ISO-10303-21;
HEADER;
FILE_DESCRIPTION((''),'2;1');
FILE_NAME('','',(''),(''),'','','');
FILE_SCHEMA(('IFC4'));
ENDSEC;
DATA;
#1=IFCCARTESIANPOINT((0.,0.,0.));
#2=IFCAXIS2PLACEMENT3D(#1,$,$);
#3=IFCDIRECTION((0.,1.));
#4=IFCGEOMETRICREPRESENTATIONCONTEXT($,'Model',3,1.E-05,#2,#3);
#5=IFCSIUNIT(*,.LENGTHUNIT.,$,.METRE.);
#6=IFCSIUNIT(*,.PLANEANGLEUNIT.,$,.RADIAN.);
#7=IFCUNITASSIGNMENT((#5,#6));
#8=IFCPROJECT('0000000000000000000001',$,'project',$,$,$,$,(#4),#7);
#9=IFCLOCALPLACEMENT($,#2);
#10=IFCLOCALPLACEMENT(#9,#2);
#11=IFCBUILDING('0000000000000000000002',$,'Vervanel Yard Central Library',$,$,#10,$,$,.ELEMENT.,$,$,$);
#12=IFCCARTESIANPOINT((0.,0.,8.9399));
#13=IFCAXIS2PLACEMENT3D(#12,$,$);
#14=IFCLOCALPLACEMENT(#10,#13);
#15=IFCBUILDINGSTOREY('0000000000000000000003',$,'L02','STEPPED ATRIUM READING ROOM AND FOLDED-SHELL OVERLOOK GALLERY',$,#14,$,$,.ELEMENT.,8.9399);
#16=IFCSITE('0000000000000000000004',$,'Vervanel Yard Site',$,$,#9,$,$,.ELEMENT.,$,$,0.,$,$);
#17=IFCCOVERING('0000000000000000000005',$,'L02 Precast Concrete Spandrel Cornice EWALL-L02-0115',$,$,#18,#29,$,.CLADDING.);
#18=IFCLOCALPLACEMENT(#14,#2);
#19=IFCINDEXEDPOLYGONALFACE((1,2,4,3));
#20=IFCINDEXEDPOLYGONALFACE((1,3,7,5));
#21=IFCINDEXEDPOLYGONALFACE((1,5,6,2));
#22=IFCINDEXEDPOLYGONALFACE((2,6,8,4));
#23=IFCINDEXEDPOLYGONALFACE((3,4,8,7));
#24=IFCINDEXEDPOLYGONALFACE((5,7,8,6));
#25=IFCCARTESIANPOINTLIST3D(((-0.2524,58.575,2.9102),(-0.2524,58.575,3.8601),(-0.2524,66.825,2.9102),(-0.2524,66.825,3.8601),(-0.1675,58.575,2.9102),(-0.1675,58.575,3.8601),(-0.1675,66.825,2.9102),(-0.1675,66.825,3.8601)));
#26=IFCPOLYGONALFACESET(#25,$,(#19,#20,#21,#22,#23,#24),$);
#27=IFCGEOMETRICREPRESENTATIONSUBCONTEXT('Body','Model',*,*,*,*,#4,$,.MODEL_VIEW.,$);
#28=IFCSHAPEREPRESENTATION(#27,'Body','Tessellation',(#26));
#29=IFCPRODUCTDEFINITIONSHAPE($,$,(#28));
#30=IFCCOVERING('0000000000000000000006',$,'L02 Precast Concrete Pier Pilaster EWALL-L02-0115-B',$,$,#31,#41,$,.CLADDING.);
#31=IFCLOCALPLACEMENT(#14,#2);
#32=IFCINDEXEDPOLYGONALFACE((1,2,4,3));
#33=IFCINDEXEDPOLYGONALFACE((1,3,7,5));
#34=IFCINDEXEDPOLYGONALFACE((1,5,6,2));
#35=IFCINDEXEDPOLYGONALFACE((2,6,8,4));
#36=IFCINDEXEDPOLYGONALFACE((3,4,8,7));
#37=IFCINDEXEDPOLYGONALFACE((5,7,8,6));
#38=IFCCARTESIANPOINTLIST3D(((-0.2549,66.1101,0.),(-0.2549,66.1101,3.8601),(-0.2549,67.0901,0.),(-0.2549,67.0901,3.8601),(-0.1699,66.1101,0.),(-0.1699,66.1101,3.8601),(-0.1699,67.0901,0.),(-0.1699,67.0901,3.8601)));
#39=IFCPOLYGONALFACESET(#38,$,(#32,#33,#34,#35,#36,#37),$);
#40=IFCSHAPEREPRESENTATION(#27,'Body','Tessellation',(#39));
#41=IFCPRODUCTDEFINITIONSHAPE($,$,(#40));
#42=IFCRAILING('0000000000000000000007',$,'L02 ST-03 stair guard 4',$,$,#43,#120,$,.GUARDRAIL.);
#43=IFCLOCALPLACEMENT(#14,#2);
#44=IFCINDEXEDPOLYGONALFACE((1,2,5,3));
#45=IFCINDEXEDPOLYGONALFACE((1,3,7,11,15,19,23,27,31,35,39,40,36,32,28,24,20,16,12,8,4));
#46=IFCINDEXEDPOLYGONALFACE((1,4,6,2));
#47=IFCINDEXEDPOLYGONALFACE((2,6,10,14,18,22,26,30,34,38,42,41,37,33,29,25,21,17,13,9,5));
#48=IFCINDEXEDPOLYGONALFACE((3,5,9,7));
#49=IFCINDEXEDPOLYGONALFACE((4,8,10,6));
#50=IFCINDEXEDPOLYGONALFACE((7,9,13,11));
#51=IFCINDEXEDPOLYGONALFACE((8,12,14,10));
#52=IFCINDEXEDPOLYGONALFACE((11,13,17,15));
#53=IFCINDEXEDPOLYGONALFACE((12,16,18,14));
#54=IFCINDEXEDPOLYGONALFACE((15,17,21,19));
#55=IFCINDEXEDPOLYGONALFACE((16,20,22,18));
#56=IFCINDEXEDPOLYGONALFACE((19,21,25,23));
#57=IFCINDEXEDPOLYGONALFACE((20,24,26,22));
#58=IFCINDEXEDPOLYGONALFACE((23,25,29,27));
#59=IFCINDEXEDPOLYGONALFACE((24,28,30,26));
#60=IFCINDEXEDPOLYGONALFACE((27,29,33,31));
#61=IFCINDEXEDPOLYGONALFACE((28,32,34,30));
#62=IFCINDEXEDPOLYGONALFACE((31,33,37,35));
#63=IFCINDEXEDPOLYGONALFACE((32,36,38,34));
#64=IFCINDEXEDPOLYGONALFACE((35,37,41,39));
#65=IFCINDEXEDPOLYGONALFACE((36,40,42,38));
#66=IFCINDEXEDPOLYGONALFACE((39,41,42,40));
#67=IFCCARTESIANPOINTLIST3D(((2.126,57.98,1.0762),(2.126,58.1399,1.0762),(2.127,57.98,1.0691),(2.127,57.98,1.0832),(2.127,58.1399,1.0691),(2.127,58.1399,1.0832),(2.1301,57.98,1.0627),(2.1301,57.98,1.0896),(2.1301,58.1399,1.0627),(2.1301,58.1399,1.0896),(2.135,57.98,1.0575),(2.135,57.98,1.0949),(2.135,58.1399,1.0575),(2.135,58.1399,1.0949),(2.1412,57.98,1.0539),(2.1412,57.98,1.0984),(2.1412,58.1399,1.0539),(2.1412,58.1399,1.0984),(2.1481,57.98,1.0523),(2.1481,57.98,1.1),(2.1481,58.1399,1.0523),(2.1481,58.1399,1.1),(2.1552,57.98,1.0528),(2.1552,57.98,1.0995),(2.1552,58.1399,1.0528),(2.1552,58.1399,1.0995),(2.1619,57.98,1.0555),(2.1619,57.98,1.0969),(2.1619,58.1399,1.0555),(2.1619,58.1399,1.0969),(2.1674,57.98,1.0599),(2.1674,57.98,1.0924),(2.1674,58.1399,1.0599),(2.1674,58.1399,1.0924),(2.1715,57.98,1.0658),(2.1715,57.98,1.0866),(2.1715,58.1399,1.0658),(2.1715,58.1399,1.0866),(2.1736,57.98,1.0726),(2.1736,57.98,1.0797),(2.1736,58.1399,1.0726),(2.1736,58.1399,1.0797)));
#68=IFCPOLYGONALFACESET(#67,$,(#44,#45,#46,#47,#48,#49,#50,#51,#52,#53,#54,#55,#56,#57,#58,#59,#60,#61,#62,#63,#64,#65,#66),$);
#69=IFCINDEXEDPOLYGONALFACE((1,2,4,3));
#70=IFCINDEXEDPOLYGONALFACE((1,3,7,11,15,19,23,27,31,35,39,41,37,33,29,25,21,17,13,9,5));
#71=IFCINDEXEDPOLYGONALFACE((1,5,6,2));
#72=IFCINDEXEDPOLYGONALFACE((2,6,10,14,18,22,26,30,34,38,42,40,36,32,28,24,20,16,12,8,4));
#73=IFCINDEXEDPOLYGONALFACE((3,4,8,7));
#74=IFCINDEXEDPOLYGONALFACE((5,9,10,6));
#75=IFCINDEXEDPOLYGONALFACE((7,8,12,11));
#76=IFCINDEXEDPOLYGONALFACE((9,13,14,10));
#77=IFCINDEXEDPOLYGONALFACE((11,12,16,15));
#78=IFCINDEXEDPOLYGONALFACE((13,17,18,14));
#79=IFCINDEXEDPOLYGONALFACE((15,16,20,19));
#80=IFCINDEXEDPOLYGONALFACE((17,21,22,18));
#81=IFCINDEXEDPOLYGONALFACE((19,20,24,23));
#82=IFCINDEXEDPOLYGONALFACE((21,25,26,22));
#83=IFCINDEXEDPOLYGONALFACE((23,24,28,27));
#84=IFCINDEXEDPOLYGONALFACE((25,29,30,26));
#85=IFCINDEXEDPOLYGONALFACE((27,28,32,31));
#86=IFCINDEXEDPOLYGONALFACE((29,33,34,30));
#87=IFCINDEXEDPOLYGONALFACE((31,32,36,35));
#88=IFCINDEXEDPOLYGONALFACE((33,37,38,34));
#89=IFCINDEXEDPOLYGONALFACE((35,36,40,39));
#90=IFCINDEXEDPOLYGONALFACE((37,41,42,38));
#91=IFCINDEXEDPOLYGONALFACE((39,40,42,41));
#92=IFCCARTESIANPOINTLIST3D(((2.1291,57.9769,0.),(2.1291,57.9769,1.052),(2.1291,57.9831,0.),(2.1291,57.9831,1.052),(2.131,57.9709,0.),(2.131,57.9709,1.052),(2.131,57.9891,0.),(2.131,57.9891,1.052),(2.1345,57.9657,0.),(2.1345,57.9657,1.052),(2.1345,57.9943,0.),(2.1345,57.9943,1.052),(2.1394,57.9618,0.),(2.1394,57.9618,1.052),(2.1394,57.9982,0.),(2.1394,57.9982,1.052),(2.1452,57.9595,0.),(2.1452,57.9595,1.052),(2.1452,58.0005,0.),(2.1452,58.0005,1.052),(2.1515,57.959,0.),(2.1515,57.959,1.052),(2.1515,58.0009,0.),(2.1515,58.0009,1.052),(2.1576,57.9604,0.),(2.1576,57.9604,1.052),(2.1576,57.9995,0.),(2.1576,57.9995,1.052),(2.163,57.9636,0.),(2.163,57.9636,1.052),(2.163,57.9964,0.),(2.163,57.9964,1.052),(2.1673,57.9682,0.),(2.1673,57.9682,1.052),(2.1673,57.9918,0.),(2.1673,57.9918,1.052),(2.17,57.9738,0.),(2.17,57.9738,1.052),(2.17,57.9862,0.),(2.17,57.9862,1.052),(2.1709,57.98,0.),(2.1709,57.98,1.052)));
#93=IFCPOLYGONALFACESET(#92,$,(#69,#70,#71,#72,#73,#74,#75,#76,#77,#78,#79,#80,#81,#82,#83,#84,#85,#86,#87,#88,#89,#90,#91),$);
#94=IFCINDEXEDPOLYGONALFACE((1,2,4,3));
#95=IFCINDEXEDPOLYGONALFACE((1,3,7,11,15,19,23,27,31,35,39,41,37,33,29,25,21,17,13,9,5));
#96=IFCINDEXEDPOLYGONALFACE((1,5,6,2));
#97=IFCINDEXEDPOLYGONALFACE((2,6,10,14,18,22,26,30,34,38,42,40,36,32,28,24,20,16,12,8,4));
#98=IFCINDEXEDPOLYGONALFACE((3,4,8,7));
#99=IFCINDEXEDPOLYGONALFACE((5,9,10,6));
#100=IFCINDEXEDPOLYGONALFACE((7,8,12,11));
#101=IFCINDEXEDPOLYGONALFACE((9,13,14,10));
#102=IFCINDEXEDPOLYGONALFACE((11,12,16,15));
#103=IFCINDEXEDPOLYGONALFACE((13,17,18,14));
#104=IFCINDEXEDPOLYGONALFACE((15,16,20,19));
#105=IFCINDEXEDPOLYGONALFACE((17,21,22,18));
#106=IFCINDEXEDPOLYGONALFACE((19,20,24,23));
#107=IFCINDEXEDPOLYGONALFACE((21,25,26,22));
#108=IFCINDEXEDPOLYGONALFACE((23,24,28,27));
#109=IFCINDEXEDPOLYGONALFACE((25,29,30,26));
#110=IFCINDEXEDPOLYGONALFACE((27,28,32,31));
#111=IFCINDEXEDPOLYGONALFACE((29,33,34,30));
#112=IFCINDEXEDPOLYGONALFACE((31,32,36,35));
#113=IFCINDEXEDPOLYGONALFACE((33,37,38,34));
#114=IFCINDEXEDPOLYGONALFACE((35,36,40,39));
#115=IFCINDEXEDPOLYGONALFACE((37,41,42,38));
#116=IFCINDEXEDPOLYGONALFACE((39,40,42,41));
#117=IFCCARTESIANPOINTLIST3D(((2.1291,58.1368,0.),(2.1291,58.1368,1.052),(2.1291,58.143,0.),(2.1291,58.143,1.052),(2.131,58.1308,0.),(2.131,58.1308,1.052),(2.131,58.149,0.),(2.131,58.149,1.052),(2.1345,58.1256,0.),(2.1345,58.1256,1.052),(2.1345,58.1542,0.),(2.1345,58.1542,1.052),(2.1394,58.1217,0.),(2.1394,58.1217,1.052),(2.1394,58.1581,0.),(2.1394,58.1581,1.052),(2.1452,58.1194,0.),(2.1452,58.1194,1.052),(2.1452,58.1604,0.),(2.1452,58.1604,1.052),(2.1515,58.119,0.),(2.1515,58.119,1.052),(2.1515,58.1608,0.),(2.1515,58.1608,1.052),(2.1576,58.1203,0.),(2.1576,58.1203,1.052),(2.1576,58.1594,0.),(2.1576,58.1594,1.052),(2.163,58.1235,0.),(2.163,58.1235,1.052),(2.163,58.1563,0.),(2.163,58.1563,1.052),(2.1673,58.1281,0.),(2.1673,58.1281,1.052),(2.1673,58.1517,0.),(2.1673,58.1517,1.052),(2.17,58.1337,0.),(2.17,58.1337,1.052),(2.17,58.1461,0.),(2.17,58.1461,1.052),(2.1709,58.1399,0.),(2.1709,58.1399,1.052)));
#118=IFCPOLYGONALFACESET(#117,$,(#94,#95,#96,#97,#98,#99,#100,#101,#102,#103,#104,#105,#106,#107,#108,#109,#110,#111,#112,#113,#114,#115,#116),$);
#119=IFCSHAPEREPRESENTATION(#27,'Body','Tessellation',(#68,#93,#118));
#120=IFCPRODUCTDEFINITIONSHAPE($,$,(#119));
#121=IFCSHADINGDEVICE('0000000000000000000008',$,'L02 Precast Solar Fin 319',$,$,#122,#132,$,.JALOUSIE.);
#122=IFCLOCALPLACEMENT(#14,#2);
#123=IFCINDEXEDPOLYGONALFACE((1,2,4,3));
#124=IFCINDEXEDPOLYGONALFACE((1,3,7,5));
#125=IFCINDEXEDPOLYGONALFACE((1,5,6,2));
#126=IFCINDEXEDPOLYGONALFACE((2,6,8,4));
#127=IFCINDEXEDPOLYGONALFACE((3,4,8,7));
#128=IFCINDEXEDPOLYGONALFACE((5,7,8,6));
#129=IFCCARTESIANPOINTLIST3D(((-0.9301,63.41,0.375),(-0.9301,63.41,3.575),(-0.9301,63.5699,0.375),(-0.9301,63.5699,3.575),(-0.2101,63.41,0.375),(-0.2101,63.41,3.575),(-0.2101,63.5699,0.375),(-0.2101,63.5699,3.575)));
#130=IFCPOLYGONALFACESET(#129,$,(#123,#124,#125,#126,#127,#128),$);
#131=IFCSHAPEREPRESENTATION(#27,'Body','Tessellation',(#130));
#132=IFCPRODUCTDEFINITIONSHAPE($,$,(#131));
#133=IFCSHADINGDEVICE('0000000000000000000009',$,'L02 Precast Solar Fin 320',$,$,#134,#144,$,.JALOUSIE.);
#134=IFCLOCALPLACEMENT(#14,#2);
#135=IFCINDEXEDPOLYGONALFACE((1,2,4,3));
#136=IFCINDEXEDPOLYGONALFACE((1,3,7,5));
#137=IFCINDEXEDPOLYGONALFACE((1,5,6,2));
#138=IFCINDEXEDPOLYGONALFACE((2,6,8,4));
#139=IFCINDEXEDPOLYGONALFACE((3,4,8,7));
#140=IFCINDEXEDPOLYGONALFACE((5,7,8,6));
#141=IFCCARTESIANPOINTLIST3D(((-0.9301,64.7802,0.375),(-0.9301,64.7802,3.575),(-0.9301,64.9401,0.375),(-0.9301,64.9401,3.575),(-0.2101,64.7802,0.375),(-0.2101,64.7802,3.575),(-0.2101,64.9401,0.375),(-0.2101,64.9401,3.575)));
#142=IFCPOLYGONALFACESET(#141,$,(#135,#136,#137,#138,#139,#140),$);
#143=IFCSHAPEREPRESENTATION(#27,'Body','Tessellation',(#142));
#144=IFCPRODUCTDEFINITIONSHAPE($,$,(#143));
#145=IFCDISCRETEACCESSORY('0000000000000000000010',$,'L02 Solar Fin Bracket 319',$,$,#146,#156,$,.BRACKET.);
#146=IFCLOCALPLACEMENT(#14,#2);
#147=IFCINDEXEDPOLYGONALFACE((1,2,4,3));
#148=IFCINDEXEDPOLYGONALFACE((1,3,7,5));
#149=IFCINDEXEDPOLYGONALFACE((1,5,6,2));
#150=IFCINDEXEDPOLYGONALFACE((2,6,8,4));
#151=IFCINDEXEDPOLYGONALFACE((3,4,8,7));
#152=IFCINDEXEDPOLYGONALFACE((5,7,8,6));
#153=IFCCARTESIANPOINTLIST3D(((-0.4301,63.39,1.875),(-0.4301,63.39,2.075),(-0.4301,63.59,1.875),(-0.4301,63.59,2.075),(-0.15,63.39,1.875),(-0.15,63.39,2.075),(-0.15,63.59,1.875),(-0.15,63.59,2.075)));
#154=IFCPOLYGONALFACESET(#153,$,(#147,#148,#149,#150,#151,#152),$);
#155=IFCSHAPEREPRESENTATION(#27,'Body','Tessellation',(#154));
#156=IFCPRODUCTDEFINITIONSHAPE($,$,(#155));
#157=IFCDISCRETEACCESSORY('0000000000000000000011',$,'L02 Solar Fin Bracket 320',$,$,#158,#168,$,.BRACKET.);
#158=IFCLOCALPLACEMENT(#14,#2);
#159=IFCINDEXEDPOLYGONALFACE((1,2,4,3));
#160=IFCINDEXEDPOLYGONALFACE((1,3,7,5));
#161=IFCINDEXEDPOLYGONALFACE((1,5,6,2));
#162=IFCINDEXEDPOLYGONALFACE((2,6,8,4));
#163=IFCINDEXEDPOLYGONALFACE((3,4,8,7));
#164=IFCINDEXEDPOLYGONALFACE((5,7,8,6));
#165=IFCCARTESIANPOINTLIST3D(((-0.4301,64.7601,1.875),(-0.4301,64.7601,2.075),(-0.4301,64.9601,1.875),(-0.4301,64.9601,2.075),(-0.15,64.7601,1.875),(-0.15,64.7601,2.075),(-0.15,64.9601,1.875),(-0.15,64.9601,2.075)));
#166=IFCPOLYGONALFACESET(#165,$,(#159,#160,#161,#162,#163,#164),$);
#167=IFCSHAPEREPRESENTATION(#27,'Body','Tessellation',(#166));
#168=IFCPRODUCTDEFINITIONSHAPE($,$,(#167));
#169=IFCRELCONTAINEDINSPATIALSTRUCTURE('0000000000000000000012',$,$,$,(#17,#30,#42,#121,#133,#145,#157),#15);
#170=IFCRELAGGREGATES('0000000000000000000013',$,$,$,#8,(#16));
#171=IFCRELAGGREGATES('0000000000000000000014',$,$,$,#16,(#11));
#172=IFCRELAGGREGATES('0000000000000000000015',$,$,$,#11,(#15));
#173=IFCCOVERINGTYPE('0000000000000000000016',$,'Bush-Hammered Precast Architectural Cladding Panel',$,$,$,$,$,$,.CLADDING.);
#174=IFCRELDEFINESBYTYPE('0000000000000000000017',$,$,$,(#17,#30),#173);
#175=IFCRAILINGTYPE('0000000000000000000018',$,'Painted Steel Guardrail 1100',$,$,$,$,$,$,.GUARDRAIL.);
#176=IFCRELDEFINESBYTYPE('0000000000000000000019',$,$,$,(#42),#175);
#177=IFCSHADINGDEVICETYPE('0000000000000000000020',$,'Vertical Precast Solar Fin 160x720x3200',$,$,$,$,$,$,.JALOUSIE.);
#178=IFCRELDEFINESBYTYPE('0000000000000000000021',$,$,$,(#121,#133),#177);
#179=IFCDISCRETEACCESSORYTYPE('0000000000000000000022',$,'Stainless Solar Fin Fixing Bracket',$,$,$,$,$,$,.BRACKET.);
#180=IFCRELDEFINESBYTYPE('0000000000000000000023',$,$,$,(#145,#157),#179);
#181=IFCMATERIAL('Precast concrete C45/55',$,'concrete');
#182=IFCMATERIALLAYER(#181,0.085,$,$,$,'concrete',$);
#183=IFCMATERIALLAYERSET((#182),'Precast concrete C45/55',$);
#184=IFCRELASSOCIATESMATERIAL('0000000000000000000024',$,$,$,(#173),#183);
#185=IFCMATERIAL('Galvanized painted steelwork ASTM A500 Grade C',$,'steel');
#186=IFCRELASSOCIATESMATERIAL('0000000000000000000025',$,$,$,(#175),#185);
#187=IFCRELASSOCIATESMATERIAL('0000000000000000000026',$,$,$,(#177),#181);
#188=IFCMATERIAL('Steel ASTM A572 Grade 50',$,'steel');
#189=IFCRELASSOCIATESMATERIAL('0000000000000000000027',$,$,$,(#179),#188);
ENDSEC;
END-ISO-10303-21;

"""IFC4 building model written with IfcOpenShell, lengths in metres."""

from ifc_helpers import new_model, si_unit, direction, frame, origin, origin_2d, place, context, subcontext, project, spatial, rectangle, circle, extrude, material, layer, layer_set, type_object, element, save


model = new_model("IFC4")

# Units and contexts
model_context = context("Model", 3, precision=1e-05, world=origin(), true_north=direction((0.0, 1.0)))
body_context = subcontext(model_context, "Body", "Model", "MODEL_VIEW")
ifc_project = project(units=[si_unit("LENGTHUNIT", "METRE"), si_unit("PLANEANGLEUNIT", "RADIAN")], contexts=[model_context])

# Site, building, storey
site_placement = place(None, origin())
site = spatial("IfcSite", under=ifc_project, at=site_placement, Name="Vervanel Yard Site", CompositionType="ELEMENT", RefElevation=0.0)
building_placement = place(site_placement, origin())
building = spatial("IfcBuilding", under=site, at=building_placement, Name="Vervanel Yard Central Library", CompositionType="ELEMENT")
storey_placement = place(building_placement, frame((0.0, 0.0, 8.9399)))
storey = spatial("IfcBuildingStorey", under=building, at=storey_placement, Name="L02", Description="STEPPED ATRIUM READING ROOM AND FOLDED-SHELL OVERLOOK GALLERY", CompositionType="ELEMENT", Elevation=8.9399)

# Shared definitions
ifc_material_1 = material(Name="Galvanized painted steelwork ASTM A500 Grade C", Category="steel")

# Coverings
ifc_material_2 = material(Name="Precast concrete C45/55", Category="concrete")
ifc_layer_1 = layer(ifc_material_2, 0.085, Category="concrete")
ifc_layer_set_1 = layer_set([ifc_layer_1], Name="Precast concrete C45/55")
covering_type = type_object("IfcCoveringType", Name="Bush-Hammered Precast Architectural Cladding Panel", PredefinedType="CLADDING", material=ifc_layer_set_1)
covering_1_placement = place(storey_placement, frame((-0.21, 62.7, 2.9102), z_axis=(0.0, 0.0, 1.0), x_axis=(0.0, 1.0, 0.0)))
element("IfcCovering", 1, at=covering_1_placement, inside=storey, type_object=covering_type, Name="L02 Precast Concrete Spandrel Cornice EWALL-L02-0115", PredefinedType="CLADDING", context=body_context, shape_type="SweptSolid", body=[
    extrude(rectangle(XDim=8.25, YDim=0.085, at=origin_2d()), origin(), (0.0, 0.0, 1.0), 0.95),
])
covering_2_placement = place(storey_placement, frame((-0.2124, 66.6001, 0.0), z_axis=(0.0, 0.0, 1.0), x_axis=(0.0, 1.0, 0.0)))
element("IfcCovering", 2, at=covering_2_placement, inside=storey, type_object=covering_type, Name="L02 Precast Concrete Pier Pilaster EWALL-L02-0115-B", PredefinedType="CLADDING", context=body_context, shape_type="SweptSolid", body=[
    extrude(rectangle(XDim=0.98, YDim=0.085, at=origin_2d()), origin(), (0.0, 0.0, 1.0), 3.8601),
])

# Railing
railing_type = type_object("IfcRailingType", Name="Painted Steel Guardrail 1100", PredefinedType="GUARDRAIL", material=ifc_material_1)
railing_placement = place(storey_placement, frame((2.1499, 57.98, 0.0)))
element("IfcRailing", 3, at=railing_placement, inside=storey, type_object=railing_type, Name="L02 ST-03 stair guard 4", PredefinedType="GUARDRAIL", context=body_context, shape_type="SweptSolid", body=[
    extrude(circle(Radius=0.0239, at=origin_2d()), frame((0.0, 0.0, 1.0762), z_axis=(0.0, 1.0, 0.0), x_axis=(-1.0, 0.0, 0.0)), (0.0, 0.0, 1.0), 0.1599),
    extrude(circle(Radius=0.021, at=origin_2d()), origin(), (0.0, 0.0, 1.0), 1.052),
    extrude(circle(Radius=0.021, at=origin_2d()), frame((0.0, 0.1599, 0.0)), (0.0, 0.0, 1.0), 1.052),
])

# Shading devices
shading_device_type = type_object("IfcShadingDeviceType", Name="Vertical Precast Solar Fin 160x720x3200", PredefinedType="JALOUSIE", material=ifc_material_2)
for number, where, z_axis, x_axis, name in (
    (4, (-0.5701, 63.49, 0.375), (0.0, 0.0, 1.0), (0.0, 1.0, 0.0), "L02 Precast Solar Fin 319"),
    (5, (-0.5701, 64.8601, 0.375), (0.0, 0.0, 1.0), (0.0, 1.0, 0.0), "L02 Precast Solar Fin 320"),
):
    element("IfcShadingDevice", number, at=place(storey_placement, frame(where, z_axis=z_axis, x_axis=x_axis)), inside=storey, type_object=shading_device_type, Name=name, PredefinedType="JALOUSIE", context=body_context, shape_type="SweptSolid", body=[
        extrude(rectangle(XDim=0.1599, YDim=0.72, at=origin_2d()), origin(), (0.0, 0.0, 1.0), 3.2),
    ])

# Discrete accessories
ifc_material_3 = material(Name="Steel ASTM A572 Grade 50", Category="steel")
discrete_accessory_type = type_object("IfcDiscreteAccessoryType", Name="Stainless Solar Fin Fixing Bracket", PredefinedType="BRACKET", material=ifc_material_3)
for number, where, z_axis, x_axis, name in (
    (6, (-0.29, 63.49, 1.875), (0.0, 0.0, 1.0), (0.0, 1.0, 0.0), "L02 Solar Fin Bracket 319"),
    (7, (-0.29, 64.8601, 1.875), (0.0, 0.0, 1.0), (0.0, 1.0, 0.0), "L02 Solar Fin Bracket 320"),
):
    element("IfcDiscreteAccessory", number, at=place(storey_placement, frame(where, z_axis=z_axis, x_axis=x_axis)), inside=storey, type_object=discrete_accessory_type, Name=name, PredefinedType="BRACKET", context=body_context, shape_type="SweptSolid", body=[
        extrude(rectangle(XDim=0.2, YDim=0.28, at=origin_2d()), origin(), (0.0, 0.0, 1.0), 0.2),
    ])

save(model, "model.ifc")
